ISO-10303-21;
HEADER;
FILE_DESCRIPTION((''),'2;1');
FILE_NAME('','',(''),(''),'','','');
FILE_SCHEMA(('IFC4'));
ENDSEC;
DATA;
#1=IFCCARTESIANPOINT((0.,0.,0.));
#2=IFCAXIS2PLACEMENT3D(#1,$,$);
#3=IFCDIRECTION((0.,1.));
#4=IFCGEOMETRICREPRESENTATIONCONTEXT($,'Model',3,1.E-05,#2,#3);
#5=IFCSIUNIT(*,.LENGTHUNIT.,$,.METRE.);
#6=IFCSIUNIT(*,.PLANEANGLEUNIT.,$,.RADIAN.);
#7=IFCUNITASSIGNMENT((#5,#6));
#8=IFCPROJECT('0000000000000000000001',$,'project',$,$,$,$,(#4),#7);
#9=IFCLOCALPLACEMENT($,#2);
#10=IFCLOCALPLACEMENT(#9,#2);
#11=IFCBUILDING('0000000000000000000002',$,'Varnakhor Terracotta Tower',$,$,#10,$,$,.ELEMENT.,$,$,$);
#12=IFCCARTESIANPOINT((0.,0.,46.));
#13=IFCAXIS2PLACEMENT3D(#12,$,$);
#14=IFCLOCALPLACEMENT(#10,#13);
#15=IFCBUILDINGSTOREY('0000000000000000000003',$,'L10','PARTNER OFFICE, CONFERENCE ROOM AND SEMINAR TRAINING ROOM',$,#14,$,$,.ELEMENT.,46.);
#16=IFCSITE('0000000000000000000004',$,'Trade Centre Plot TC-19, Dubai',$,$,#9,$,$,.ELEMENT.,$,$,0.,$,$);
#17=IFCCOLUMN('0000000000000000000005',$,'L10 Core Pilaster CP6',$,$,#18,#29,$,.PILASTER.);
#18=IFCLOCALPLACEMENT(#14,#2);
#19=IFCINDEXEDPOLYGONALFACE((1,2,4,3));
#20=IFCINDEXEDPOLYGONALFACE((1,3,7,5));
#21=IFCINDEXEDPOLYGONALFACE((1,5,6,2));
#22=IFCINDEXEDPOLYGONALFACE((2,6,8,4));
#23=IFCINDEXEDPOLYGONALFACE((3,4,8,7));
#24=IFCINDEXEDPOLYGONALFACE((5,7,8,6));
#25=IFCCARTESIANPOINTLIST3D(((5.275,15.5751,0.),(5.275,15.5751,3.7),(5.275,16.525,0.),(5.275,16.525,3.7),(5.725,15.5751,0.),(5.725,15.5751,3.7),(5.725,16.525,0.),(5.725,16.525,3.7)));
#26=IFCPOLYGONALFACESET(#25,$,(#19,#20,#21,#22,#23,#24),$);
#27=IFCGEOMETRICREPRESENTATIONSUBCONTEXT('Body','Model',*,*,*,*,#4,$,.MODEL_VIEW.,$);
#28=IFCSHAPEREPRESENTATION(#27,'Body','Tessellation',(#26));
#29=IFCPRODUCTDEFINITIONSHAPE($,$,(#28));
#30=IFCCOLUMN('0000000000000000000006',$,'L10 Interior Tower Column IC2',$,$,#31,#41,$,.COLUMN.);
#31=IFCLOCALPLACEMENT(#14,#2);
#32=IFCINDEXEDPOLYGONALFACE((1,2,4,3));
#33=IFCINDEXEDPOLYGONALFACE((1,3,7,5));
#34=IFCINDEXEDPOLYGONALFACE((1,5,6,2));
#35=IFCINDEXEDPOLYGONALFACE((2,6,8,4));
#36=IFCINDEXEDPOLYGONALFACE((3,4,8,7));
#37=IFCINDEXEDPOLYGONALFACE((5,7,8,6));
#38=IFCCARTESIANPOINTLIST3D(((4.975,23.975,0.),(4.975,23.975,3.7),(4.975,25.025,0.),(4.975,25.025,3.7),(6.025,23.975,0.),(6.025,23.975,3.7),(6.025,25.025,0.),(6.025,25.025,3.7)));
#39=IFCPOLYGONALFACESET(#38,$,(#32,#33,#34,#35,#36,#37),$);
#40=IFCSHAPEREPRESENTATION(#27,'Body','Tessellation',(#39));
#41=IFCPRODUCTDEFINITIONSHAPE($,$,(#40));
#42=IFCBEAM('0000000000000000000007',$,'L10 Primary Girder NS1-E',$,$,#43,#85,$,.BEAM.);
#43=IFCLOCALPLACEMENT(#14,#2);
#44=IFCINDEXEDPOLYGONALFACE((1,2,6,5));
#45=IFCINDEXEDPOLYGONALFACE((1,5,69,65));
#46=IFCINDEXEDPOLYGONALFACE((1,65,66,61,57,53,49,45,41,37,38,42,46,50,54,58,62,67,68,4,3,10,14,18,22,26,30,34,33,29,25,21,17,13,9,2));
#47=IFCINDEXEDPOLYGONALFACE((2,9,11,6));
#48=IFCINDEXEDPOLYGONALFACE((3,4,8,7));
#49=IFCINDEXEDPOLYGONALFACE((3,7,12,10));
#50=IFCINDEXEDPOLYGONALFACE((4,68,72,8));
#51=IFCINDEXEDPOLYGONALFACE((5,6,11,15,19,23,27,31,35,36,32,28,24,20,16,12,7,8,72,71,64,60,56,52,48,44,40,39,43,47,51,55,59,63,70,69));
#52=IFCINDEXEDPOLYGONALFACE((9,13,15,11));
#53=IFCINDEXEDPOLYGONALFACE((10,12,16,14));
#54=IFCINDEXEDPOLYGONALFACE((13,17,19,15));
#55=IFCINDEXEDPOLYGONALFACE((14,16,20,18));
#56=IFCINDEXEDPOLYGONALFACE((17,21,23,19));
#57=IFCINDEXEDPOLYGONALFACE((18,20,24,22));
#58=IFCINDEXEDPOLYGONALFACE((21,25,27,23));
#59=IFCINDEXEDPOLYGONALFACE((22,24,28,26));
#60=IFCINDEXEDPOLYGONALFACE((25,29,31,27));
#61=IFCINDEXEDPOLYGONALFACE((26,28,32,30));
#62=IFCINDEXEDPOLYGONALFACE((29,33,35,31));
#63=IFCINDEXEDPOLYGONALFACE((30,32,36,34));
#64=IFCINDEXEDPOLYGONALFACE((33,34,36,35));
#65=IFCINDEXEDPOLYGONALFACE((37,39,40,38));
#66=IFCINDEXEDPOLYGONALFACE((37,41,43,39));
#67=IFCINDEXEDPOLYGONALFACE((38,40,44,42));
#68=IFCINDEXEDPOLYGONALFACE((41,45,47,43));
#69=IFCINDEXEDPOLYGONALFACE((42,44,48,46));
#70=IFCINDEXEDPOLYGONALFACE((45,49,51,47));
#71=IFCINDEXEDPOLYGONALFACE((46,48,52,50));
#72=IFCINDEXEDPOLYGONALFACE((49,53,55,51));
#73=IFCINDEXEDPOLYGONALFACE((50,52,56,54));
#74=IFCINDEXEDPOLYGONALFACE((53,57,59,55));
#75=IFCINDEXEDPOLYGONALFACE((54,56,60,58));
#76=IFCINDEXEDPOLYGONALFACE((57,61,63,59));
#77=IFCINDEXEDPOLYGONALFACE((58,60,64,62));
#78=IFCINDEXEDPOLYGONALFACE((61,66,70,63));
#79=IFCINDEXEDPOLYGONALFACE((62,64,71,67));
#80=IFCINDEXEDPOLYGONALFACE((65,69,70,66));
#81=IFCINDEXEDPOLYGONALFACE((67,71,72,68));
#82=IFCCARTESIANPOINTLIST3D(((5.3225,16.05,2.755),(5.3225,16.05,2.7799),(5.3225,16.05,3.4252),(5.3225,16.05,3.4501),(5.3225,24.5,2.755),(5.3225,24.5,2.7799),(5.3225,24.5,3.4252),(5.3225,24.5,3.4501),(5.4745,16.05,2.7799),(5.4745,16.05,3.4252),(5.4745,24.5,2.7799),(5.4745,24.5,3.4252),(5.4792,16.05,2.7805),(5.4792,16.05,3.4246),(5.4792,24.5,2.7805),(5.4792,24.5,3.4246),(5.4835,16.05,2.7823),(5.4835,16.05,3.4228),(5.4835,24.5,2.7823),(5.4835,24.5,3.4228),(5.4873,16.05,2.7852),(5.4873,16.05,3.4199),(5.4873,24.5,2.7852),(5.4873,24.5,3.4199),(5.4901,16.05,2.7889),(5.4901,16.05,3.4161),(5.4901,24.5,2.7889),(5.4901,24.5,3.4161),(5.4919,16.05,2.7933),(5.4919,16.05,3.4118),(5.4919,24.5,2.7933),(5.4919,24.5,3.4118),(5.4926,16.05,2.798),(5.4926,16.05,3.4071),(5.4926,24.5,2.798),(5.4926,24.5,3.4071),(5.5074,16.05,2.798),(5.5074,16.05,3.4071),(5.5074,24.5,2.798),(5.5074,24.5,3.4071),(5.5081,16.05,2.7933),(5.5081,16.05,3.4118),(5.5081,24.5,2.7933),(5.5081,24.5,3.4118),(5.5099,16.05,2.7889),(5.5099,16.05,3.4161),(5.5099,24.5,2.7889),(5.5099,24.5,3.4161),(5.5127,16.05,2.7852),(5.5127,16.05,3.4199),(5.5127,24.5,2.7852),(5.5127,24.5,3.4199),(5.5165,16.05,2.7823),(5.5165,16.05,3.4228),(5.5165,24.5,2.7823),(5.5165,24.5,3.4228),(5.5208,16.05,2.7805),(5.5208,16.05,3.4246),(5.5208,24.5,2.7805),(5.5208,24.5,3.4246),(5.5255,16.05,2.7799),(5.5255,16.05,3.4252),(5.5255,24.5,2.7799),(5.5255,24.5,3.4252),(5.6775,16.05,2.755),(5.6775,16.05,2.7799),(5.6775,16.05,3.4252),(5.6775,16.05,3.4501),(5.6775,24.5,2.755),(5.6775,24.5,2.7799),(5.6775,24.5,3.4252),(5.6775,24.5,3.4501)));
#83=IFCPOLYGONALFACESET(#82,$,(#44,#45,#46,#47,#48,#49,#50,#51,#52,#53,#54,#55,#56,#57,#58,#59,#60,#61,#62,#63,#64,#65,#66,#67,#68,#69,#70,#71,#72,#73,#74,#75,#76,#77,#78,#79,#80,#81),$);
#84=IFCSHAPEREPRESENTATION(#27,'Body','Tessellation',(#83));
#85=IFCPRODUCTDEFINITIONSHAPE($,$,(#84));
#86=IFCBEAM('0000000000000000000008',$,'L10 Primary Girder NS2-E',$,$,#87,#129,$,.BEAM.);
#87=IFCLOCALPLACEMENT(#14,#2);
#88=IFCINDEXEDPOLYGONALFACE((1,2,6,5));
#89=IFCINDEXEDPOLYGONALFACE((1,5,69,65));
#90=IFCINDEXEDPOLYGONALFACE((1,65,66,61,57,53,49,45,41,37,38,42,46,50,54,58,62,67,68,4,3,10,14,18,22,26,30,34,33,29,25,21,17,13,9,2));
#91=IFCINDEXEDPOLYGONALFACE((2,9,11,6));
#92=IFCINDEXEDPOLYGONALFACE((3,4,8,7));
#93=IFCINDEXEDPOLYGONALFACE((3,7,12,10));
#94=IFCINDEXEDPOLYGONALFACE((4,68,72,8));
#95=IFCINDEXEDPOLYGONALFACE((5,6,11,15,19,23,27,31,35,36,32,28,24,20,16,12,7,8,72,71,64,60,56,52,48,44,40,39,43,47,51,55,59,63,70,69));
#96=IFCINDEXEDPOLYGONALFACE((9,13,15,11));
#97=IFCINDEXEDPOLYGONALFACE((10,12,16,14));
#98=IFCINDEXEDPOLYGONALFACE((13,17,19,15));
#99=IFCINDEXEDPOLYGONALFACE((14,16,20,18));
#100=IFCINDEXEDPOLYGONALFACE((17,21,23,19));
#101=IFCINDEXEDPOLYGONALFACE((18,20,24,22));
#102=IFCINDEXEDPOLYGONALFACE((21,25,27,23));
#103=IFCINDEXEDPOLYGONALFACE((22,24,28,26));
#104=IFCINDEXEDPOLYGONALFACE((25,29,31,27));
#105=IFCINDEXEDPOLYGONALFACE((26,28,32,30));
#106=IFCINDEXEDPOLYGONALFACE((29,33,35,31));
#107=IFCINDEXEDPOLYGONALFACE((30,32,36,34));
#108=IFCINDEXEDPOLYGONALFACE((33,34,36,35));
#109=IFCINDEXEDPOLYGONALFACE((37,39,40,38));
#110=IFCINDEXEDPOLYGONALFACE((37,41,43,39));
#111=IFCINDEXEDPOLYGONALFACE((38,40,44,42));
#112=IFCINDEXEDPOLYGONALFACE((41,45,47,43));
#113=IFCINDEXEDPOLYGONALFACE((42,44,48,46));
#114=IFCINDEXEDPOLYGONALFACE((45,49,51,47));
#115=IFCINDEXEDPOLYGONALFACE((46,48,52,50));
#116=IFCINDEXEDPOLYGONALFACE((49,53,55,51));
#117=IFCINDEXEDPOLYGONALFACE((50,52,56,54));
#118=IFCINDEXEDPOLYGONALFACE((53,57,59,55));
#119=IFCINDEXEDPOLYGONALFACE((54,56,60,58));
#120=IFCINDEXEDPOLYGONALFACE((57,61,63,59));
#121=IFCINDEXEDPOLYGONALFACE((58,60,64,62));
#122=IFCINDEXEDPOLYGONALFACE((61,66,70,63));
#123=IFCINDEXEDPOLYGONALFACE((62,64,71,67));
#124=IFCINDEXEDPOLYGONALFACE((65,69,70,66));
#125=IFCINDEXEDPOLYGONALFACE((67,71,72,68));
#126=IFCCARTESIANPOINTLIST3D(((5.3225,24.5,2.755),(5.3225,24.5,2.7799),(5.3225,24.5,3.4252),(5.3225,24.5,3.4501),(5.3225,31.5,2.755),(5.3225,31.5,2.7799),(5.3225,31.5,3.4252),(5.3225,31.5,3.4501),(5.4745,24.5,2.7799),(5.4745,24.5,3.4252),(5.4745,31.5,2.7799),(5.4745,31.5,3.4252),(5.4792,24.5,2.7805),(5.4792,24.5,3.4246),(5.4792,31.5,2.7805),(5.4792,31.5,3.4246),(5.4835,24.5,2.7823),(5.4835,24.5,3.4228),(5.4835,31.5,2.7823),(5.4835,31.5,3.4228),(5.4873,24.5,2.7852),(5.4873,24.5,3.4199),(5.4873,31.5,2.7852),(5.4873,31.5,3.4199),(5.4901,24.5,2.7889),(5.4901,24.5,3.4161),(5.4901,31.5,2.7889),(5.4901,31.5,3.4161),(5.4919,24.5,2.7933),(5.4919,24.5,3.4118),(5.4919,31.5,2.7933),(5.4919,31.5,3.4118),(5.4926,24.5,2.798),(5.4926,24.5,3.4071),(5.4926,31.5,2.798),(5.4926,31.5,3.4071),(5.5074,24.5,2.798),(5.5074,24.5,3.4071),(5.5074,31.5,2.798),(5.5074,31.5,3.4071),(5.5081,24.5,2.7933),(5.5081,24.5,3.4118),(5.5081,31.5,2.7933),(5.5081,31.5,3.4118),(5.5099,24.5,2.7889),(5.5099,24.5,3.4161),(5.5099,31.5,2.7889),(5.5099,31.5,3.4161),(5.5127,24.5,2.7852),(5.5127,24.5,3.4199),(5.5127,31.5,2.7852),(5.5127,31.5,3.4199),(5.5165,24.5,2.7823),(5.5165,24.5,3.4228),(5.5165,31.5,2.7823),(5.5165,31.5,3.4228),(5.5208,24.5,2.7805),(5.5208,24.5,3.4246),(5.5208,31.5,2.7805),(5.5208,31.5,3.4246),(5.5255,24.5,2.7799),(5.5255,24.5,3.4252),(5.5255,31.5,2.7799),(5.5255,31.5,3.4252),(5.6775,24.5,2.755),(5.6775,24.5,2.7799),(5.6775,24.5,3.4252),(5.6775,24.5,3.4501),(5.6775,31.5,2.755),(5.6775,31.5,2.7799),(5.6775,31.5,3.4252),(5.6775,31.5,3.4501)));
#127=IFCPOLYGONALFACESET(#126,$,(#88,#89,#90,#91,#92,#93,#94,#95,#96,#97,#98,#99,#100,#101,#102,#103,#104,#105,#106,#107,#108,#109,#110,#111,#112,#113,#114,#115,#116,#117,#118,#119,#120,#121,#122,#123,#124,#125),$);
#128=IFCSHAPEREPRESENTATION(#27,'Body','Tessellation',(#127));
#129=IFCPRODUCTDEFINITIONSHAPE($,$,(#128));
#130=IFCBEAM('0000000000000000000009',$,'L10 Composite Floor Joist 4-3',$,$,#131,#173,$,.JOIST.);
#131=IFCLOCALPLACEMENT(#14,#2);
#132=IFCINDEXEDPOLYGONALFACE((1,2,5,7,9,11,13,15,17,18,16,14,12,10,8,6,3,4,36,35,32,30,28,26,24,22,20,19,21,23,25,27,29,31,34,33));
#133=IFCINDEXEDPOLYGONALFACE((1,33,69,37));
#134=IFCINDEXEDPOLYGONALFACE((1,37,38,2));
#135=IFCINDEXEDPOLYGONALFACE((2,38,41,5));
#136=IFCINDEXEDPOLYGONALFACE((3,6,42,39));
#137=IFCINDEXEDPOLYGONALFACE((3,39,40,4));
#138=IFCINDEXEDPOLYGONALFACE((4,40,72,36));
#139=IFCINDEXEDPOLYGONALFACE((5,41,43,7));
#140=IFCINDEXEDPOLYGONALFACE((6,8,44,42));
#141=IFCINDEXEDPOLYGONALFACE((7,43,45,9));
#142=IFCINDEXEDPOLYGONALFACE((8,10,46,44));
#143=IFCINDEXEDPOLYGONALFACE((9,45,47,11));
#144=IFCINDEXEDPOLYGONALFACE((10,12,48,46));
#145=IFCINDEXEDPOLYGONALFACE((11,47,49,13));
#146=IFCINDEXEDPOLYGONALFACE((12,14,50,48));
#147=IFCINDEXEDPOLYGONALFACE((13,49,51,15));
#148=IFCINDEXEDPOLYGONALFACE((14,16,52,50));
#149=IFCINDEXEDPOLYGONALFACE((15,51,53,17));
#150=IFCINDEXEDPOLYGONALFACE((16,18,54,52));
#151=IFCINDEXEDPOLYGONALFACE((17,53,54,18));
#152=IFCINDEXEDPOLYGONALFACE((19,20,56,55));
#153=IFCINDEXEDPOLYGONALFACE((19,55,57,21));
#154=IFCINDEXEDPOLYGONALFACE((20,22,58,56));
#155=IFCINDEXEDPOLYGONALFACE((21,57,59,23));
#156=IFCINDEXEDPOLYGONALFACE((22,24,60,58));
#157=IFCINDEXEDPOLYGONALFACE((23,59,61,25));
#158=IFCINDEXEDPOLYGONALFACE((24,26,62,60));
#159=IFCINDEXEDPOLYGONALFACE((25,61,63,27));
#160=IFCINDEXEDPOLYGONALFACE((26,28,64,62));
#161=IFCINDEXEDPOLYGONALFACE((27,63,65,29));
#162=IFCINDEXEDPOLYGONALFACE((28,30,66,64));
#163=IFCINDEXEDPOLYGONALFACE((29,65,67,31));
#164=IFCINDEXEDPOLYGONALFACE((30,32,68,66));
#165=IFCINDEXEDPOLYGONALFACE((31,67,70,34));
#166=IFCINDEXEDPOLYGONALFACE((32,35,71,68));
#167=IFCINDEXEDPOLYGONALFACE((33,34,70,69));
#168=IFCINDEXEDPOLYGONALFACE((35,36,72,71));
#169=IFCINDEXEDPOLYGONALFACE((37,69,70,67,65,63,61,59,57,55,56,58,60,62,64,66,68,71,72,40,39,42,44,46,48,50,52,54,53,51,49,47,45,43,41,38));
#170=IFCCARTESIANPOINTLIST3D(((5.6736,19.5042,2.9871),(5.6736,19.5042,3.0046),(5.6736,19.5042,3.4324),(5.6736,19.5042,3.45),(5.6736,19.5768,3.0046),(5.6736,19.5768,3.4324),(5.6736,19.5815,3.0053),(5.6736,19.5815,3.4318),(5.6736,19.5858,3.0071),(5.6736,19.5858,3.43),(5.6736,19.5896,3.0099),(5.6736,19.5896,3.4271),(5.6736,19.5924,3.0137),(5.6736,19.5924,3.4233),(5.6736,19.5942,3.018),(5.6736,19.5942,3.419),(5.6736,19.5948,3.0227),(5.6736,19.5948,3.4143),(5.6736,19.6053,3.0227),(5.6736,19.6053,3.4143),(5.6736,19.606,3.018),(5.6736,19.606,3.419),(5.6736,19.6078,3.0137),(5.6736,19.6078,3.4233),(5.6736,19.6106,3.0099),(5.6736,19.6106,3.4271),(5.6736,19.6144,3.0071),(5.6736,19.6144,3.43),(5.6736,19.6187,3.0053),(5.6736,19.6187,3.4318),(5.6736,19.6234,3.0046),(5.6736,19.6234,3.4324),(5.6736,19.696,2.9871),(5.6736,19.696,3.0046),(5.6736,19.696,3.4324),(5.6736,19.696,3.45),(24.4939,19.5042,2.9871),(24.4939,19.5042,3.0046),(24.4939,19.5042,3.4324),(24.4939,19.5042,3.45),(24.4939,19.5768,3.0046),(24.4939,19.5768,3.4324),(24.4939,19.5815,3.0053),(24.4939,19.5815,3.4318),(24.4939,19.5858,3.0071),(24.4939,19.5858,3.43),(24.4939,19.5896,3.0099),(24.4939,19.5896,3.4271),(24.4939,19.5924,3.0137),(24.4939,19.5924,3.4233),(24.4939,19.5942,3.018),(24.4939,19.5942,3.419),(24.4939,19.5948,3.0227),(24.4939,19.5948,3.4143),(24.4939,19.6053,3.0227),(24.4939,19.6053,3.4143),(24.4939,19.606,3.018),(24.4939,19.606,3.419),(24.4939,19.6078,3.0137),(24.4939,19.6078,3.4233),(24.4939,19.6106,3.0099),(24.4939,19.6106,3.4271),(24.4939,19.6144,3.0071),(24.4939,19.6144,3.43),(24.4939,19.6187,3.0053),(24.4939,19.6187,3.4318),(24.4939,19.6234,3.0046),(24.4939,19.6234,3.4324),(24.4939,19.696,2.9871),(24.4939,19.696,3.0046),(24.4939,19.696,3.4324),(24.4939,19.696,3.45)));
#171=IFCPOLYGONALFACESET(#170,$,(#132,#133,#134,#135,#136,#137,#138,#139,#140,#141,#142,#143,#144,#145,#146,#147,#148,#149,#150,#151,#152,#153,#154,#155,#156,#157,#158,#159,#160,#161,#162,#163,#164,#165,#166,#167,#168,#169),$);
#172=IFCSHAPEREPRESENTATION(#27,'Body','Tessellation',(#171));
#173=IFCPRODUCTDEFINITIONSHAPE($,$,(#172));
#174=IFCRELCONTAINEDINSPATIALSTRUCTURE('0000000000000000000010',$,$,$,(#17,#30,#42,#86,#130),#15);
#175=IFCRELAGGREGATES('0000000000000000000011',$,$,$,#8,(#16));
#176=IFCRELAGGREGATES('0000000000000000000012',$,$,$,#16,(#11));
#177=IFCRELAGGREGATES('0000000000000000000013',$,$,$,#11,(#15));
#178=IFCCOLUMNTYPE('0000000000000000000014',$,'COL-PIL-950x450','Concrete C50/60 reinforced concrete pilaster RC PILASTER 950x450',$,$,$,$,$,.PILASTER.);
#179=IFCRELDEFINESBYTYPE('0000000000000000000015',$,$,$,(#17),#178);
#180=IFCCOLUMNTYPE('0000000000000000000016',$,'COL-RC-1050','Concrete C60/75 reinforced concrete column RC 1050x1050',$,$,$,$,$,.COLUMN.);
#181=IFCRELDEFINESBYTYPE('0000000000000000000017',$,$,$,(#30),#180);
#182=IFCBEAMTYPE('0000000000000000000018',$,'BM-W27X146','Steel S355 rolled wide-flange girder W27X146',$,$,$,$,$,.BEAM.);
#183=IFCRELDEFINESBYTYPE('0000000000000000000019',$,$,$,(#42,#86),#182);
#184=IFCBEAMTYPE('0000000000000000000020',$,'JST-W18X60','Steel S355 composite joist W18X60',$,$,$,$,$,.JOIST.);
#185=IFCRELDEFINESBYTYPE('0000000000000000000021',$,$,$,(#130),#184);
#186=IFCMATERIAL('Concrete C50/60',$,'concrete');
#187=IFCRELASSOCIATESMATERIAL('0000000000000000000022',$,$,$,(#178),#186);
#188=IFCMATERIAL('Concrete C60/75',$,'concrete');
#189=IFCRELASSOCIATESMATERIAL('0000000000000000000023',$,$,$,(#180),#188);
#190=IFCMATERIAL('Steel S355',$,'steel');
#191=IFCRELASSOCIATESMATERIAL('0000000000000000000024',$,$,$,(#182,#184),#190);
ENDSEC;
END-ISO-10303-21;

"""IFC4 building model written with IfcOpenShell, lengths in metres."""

from ifc_helpers import new_model, si_unit, direction, frame, origin, origin_2d, place, context, subcontext, project, spatial, rectangle, i_section, extrude, source, transform, mapped, material, material_profile, profile_set, type_object, type_shapes, element, save


model = new_model("IFC4")

# Units and contexts
model_context = context("Model", 3, precision=1e-05, world=origin(), true_north=direction((0.0, 1.0)))
body_context = subcontext(model_context, "Body", "Model", "MODEL_VIEW")
ifc_project = project(units=[si_unit("LENGTHUNIT", "METRE"), si_unit("PLANEANGLEUNIT", "RADIAN")], contexts=[model_context])

# Site, building, storey
site_placement = place(None, origin())
site = spatial("IfcSite", under=ifc_project, at=site_placement, Name="Trade Centre Plot TC-19, Dubai", CompositionType="ELEMENT", RefElevation=0.0)
building_placement = place(site_placement, origin())
building = spatial("IfcBuilding", under=site, at=building_placement, Name="Varnakhor Terracotta Tower", CompositionType="ELEMENT")
storey_placement = place(building_placement, frame((0.0, 0.0, 46.0)))
storey = spatial("IfcBuildingStorey", under=building, at=storey_placement, Name="L10", Description="PARTNER OFFICE, CONFERENCE ROOM AND SEMINAR TRAINING ROOM", CompositionType="ELEMENT", Elevation=46.0)

# Columns
ifc_material_1 = material(Name="Concrete C50/60", Category="concrete")
ifc_material_profile_1 = material_profile(ifc_material_1, rectangle(XDim=0.45, YDim=0.95, at=origin_2d()), Name="RC PILASTER 950x450")
ifc_profile_set_1 = profile_set([ifc_material_profile_1], Name="Concrete C50/60")
column_type_1 = type_object("IfcColumnType", Name="COL-PIL-950x450", Description="Concrete C50/60 reinforced concrete pilaster RC PILASTER 950x450", PredefinedType="PILASTER", material=ifc_profile_set_1)
shared_shape_1 = source(origin(), body_context, "Body", "SweptSolid", [
    extrude(rectangle(XDim=0.45, YDim=0.95, at=origin_2d()), origin(), (0.0, 0.0, 1.0), 3.7),
])
column_1_placement = place(storey_placement, frame((5.5, 16.05, 0.0), z_axis=(0.0, 0.0, 1.0), x_axis=(1.0, 0.0, 0.0)))
element("IfcColumn", 1, at=column_1_placement, inside=storey, type_object=column_type_1, Name="L10 Core Pilaster CP6", PredefinedType="PILASTER", context=body_context, shape_type="MappedRepresentation", body=[
    mapped(shared_shape_1, transform((0.0, 0.0, 0.0), scale=1.0)),
])
ifc_material_2 = material(Name="Concrete C60/75", Category="concrete")
ifc_material_profile_2 = material_profile(ifc_material_2, rectangle(XDim=1.05, YDim=1.05, at=origin_2d()), Name="RC 1050x1050")
ifc_profile_set_2 = profile_set([ifc_material_profile_2], Name="Concrete C60/75")
column_type_2 = type_object("IfcColumnType", Name="COL-RC-1050", Description="Concrete C60/75 reinforced concrete column RC 1050x1050", PredefinedType="COLUMN", material=ifc_profile_set_2)
shared_shape_2 = source(origin(), body_context, "Body", "SweptSolid", [
    extrude(rectangle(XDim=1.05, YDim=1.05, at=origin_2d()), origin(), (0.0, 0.0, 1.0), 3.7),
])
column_2_placement = place(storey_placement, frame((5.5, 24.5, 0.0), z_axis=(0.0, 0.0, 1.0), x_axis=(1.0, 0.0, 0.0)))
element("IfcColumn", 2, at=column_2_placement, inside=storey, type_object=column_type_2, Name="L10 Interior Tower Column IC2", PredefinedType="COLUMN", context=body_context, shape_type="MappedRepresentation", body=[
    mapped(shared_shape_2, transform((0.0, 0.0, 0.0), scale=1.0)),
])

# Beams
ifc_material_3 = material(Name="Steel S355", Category="steel")
ifc_material_profile_3 = material_profile(ifc_material_3, i_section(OverallWidth=0.355, OverallDepth=0.6951, WebThickness=0.0149, FlangeThickness=0.0249, FilletRadius=0.0181, at=origin_2d()), Name="W27X146")
ifc_profile_set_3 = profile_set([ifc_material_profile_3], Name="Steel S355")
beam_type_1 = type_object("IfcBeamType", Name="BM-W27X146", Description="Steel S355 rolled wide-flange girder W27X146", PredefinedType="BEAM", material=ifc_profile_set_3)
shared_shape_3 = source(origin(), body_context, "Body", "SweptSolid", [
    extrude(i_section(OverallWidth=0.355, OverallDepth=0.6951, WebThickness=0.0149, FlangeThickness=0.0249, FilletRadius=0.0181, at=origin_2d()), origin(), (0.0, 0.0, 1.0), 8.45),
])
type_shapes(beam_type_1, [shared_shape_3])
beam_1_placement = place(storey_placement, frame((5.5, 16.05, 3.1025), z_axis=(0.0, 1.0, 0.0), x_axis=(-1.0, 0.0, 0.0)))
element("IfcBeam", 3, at=beam_1_placement, inside=storey, type_object=beam_type_1, Name="L10 Primary Girder NS1-E", PredefinedType="BEAM", context=body_context, shape_type="MappedRepresentation", body=[
    mapped(shared_shape_3, transform((0.0, 0.0, 0.0), scale=1.0)),
])
shared_shape_4 = source(origin(), body_context, "Body", "SweptSolid", [
    extrude(i_section(OverallWidth=0.355, OverallDepth=0.6951, WebThickness=0.0149, FlangeThickness=0.0249, FilletRadius=0.0181, at=origin_2d()), origin(), (0.0, 0.0, 1.0), 7.0),
])
beam_2_placement = place(storey_placement, frame((5.5, 24.5, 3.1025), z_axis=(0.0, 1.0, 0.0), x_axis=(-1.0, 0.0, 0.0)))
element("IfcBeam", 4, at=beam_2_placement, inside=storey, type_object=beam_type_1, Name="L10 Primary Girder NS2-E", PredefinedType="BEAM", context=body_context, shape_type="MappedRepresentation", body=[
    mapped(shared_shape_4, transform((0.0, 0.0, 0.0), scale=1.0)),
])
ifc_material_profile_4 = material_profile(ifc_material_3, i_section(OverallWidth=0.1919, OverallDepth=0.4629, WebThickness=0.0105, FlangeThickness=0.0176, FilletRadius=0.0181, at=origin_2d()), Name="W18X60")
ifc_profile_set_4 = profile_set([ifc_material_profile_4], Name="Steel S355")
beam_type_2 = type_object("IfcBeamType", Name="JST-W18X60", Description="Steel S355 composite joist W18X60", PredefinedType="JOIST", material=ifc_profile_set_4)
shared_shape_5 = source(origin(), body_context, "Body", "SweptSolid", [
    extrude(i_section(OverallWidth=0.1919, OverallDepth=0.4629, WebThickness=0.0105, FlangeThickness=0.0176, FilletRadius=0.0181, at=origin_2d()), origin(), (0.0, 0.0, 1.0), 18.8203),
])
beam_3_placement = place(storey_placement, frame((5.6736, 19.6001, 3.2185), z_axis=(1.0, 0.0, 0.0), x_axis=(0.0, 1.0, 0.0)))
element("IfcBeam", 5, at=beam_3_placement, inside=storey, type_object=beam_type_2, Name="L10 Composite Floor Joist 4-3", PredefinedType="JOIST", context=body_context, shape_type="MappedRepresentation", body=[
    mapped(shared_shape_5, transform((0.0, 0.0, 0.0), scale=1.0)),
])

save(model, "model.ifc")
